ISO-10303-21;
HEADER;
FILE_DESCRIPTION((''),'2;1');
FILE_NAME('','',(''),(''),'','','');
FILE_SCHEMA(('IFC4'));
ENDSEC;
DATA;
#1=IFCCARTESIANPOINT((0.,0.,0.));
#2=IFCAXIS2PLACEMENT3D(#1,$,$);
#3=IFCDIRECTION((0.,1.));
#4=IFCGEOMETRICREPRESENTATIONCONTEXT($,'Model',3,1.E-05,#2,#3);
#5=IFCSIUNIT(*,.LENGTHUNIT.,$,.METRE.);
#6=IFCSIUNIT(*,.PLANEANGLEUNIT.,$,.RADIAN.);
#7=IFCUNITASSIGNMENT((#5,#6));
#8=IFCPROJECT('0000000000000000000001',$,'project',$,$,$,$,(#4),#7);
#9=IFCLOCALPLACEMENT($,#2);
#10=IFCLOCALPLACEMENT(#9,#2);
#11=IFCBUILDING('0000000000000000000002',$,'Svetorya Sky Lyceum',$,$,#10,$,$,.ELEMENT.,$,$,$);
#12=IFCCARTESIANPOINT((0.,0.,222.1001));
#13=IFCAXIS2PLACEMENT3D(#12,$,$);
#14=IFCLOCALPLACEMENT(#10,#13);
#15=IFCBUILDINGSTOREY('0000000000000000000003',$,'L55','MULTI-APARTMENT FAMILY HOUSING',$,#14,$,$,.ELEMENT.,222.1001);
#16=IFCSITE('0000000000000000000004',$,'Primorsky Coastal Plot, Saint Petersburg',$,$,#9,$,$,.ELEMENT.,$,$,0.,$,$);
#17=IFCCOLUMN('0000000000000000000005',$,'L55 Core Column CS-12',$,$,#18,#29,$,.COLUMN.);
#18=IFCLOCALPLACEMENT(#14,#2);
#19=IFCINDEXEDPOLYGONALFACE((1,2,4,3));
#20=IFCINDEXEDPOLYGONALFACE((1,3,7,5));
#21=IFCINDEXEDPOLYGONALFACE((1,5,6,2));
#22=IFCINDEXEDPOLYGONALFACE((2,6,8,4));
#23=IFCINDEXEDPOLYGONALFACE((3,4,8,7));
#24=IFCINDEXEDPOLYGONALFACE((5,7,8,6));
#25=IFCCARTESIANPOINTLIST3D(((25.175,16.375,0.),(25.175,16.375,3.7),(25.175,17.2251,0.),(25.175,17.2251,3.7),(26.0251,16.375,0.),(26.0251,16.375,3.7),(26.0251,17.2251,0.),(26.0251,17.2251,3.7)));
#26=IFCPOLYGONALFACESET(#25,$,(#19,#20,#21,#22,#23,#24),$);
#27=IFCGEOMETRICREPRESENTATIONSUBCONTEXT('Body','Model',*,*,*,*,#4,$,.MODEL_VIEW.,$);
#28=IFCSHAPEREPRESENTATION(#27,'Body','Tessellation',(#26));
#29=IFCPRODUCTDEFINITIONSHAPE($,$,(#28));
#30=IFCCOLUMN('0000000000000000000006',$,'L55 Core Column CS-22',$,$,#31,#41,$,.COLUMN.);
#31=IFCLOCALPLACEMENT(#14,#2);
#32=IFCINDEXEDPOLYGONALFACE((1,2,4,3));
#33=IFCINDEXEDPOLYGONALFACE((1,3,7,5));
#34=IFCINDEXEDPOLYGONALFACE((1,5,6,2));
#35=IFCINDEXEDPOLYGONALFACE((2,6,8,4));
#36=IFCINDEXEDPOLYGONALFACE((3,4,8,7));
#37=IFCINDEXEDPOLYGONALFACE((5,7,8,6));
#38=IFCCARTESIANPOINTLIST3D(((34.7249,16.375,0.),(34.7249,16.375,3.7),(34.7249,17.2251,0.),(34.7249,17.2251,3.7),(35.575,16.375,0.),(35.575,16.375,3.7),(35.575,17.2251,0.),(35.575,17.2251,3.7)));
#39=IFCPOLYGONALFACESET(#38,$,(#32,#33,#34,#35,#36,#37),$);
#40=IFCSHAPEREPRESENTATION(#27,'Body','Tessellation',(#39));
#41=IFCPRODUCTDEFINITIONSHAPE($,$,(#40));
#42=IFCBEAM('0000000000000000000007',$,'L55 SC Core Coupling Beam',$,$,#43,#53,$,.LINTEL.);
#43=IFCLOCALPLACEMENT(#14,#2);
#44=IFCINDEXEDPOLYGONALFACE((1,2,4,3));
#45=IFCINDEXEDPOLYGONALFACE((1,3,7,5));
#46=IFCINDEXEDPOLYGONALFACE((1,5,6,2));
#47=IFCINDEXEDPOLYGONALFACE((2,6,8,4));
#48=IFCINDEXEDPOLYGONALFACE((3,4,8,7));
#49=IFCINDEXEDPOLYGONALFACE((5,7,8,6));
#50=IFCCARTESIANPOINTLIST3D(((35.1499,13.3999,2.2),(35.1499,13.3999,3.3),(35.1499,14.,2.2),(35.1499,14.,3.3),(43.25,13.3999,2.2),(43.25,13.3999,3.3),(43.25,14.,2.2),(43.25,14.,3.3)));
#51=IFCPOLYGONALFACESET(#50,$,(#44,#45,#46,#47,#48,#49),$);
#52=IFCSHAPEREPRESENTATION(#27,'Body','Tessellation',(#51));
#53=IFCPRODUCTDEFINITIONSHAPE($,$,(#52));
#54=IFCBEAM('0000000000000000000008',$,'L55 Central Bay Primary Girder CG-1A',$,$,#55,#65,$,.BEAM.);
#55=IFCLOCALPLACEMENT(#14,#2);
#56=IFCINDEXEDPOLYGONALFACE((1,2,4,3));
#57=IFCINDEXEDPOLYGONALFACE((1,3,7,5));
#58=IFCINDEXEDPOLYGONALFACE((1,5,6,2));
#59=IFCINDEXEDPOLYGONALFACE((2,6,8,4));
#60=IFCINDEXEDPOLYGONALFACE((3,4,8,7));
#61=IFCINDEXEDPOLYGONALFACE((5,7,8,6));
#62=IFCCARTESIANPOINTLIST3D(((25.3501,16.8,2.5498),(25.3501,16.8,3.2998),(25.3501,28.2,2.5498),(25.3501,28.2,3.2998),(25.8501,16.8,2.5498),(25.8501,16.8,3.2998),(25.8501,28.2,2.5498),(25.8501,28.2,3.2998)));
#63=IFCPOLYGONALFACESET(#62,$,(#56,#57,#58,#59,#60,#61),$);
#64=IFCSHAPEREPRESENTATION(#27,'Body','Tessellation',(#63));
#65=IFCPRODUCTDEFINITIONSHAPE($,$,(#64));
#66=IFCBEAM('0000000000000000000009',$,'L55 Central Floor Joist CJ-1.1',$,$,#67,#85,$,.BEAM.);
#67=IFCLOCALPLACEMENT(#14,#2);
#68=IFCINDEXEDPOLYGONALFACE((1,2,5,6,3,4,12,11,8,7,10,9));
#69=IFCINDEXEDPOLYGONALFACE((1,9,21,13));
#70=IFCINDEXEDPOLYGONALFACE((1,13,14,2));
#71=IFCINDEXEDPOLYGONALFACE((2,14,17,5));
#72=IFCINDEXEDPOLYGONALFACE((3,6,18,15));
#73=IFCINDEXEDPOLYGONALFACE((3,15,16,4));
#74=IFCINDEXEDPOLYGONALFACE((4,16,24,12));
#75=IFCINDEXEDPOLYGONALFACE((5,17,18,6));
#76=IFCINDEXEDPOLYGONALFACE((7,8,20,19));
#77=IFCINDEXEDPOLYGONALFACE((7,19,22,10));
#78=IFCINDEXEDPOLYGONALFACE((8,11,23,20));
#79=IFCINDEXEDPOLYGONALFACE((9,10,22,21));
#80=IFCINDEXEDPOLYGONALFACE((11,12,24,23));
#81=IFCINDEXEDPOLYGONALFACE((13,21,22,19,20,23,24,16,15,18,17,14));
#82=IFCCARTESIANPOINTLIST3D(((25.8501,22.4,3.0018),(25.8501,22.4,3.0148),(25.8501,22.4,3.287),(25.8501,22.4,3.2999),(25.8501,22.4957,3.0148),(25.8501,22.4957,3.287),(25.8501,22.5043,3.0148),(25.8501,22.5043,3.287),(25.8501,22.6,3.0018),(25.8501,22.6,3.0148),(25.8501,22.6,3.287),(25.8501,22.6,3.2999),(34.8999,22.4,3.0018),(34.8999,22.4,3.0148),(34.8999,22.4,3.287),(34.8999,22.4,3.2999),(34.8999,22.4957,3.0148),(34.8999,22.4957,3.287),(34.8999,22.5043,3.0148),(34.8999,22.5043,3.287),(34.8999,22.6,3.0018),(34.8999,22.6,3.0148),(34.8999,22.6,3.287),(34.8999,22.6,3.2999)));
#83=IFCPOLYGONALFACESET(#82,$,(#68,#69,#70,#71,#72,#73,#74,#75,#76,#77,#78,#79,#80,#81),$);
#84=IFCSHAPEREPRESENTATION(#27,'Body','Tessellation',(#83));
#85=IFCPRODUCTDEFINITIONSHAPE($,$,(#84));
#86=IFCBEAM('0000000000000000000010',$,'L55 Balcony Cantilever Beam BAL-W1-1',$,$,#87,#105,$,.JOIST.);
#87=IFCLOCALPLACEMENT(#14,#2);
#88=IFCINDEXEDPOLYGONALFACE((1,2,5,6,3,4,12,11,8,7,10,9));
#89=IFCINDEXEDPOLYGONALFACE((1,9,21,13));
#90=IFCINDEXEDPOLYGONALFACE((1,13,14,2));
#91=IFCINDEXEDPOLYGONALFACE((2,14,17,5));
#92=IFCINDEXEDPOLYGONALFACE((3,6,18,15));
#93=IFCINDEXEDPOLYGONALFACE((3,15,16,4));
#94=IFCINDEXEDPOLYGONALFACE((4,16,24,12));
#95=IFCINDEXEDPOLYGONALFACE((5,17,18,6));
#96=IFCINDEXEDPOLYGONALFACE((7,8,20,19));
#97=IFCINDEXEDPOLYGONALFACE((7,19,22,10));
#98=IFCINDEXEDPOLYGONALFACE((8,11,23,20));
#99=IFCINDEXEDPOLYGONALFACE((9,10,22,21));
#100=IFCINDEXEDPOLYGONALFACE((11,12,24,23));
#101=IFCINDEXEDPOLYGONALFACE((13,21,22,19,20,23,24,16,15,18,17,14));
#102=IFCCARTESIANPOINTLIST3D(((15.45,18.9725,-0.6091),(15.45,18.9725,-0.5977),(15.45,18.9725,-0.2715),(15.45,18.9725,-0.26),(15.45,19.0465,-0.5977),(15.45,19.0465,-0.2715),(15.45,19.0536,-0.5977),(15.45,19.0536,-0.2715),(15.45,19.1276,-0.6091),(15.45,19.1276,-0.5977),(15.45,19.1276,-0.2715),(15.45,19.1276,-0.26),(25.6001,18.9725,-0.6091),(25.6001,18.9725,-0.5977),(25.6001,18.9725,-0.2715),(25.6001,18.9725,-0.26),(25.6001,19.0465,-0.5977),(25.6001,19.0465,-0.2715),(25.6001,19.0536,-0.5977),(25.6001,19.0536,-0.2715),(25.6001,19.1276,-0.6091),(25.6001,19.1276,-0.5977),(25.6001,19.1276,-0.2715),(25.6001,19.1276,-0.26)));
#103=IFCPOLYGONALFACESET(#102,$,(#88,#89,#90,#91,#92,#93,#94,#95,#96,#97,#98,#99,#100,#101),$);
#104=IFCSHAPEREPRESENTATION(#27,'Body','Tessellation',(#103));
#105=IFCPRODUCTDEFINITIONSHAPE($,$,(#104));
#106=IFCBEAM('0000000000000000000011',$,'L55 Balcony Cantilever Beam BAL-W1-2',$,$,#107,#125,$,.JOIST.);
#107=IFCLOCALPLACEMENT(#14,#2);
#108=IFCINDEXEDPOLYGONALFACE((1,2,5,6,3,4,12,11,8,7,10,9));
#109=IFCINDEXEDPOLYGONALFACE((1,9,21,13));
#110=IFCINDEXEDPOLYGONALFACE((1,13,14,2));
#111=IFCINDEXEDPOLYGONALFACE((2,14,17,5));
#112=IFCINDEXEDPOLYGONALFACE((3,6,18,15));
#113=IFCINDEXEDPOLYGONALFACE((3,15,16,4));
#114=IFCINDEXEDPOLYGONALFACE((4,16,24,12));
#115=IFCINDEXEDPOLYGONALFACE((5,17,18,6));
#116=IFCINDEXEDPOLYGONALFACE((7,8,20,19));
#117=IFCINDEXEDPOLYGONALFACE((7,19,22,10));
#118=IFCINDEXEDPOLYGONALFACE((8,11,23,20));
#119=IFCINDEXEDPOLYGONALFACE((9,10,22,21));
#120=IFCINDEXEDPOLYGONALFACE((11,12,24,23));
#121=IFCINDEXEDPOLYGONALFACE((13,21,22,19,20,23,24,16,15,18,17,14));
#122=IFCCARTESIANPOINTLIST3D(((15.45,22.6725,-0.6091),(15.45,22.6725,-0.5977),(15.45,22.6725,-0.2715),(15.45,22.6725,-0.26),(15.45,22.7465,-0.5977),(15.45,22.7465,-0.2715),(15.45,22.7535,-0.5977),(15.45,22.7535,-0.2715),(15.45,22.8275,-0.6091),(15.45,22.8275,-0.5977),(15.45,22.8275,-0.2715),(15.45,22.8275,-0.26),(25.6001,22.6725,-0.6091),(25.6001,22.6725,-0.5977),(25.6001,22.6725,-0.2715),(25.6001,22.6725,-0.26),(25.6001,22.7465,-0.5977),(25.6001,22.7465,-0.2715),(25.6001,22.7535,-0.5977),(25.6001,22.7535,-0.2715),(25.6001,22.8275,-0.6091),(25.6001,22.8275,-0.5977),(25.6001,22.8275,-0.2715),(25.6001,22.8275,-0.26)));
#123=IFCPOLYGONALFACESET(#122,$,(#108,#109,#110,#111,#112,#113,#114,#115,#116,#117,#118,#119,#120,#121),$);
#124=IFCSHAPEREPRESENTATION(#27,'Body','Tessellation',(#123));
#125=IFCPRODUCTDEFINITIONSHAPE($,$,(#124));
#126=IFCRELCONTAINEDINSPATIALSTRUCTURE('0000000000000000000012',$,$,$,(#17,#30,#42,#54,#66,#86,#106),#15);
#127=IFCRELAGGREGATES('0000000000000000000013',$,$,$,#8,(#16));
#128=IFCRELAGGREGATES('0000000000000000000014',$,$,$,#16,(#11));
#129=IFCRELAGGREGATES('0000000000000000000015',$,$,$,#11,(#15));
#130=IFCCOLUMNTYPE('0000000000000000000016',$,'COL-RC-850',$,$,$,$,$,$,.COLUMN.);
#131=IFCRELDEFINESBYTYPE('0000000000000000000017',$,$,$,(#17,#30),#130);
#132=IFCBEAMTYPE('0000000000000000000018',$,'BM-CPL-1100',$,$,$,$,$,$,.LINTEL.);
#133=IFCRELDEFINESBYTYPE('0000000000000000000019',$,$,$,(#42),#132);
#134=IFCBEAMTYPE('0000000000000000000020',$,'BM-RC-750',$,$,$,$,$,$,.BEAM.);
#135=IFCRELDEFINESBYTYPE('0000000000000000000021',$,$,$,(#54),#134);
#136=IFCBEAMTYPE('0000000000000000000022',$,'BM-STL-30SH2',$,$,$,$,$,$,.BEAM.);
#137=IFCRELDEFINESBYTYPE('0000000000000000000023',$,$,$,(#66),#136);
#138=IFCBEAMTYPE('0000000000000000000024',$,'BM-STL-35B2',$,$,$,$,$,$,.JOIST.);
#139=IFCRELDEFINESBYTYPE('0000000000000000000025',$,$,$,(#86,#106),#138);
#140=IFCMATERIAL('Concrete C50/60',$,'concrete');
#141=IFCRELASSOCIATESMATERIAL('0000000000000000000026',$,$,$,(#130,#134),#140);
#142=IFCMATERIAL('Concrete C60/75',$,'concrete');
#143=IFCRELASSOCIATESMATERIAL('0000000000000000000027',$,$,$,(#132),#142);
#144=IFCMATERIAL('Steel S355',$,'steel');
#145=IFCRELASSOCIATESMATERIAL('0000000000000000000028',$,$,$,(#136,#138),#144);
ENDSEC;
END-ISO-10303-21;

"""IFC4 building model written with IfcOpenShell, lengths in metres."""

from ifc_helpers import new_model, si_unit, direction, frame, origin, origin_2d, place, context, subcontext, project, spatial, rectangle, i_section, extrude, material, material_profile, profile_set, type_object, element, save


model = new_model("IFC4")

# Units and contexts
model_context = context("Model", 3, precision=1e-05, world=origin(), true_north=direction((0.0, 1.0)))
body_context = subcontext(model_context, "Body", "Model", "MODEL_VIEW")
ifc_project = project(units=[si_unit("LENGTHUNIT", "METRE"), si_unit("PLANEANGLEUNIT", "RADIAN")], contexts=[model_context])

# Site, building, storey
site_placement = place(None, origin())
site = spatial("IfcSite", under=ifc_project, at=site_placement, Name="Primorsky Coastal Plot, Saint Petersburg", CompositionType="ELEMENT", RefElevation=0.0)
building_placement = place(site_placement, origin())
building = spatial("IfcBuilding", under=site, at=building_placement, Name="Svetorya Sky Lyceum", CompositionType="ELEMENT")
storey_placement = place(building_placement, frame((0.0, 0.0, 222.1001)))
storey = spatial("IfcBuildingStorey", under=building, at=storey_placement, Name="L55", Description="MULTI-APARTMENT FAMILY HOUSING", CompositionType="ELEMENT", Elevation=222.1001)

# Columns
ifc_material_1 = material(Name="Concrete C50/60", Category="concrete")
ifc_material_profile_1 = material_profile(ifc_material_1, rectangle(XDim=0.8501, YDim=0.8501, at=origin_2d()), Name="RC COL 850x850")
ifc_profile_set_1 = profile_set([ifc_material_profile_1], Name="Concrete C50/60")
column_type = type_object("IfcColumnType", Name="COL-RC-850", PredefinedType="COLUMN", material=ifc_profile_set_1)
for number, where, z_axis, x_axis, name in (
    (1, (25.6001, 16.8, 0.0), (0.0, 0.0, 1.0), (1.0, 0.0, 0.0), "L55 Core Column CS-12"),
    (2, (35.1499, 16.8, 0.0), (0.0, 0.0, 1.0), (1.0, 0.0, 0.0), "L55 Core Column CS-22"),
):
    element("IfcColumn", number, at=place(storey_placement, frame(where, z_axis=z_axis, x_axis=x_axis)), inside=storey, type_object=column_type, Name=name, PredefinedType="COLUMN", context=body_context, shape_type="SweptSolid", body=[
        extrude(rectangle(XDim=0.8501, YDim=0.8501, at=origin_2d()), origin(), (0.0, 0.0, 1.0), 3.7),
    ])

# Beams
ifc_material_2 = material(Name="Concrete C60/75", Category="concrete")
ifc_material_profile_2 = material_profile(ifc_material_2, rectangle(XDim=0.6001, YDim=1.1001, at=origin_2d()), Name="RC COUPLING 600x1100")
ifc_profile_set_2 = profile_set([ifc_material_profile_2], Name="Concrete C60/75")
beam_type_1 = type_object("IfcBeamType", Name="BM-CPL-1100", PredefinedType="LINTEL", material=ifc_profile_set_2)
beam_1_placement = place(storey_placement, frame((35.1499, 13.7, 2.75), z_axis=(1.0, 0.0, 0.0), x_axis=(0.0, 1.0, 0.0)))
element("IfcBeam", 3, at=beam_1_placement, inside=storey, type_object=beam_type_1, Name="L55 SC Core Coupling Beam", PredefinedType="LINTEL", context=body_context, shape_type="SweptSolid", body=[
    extrude(rectangle(XDim=0.6001, YDim=1.1001, at=origin_2d()), origin(), (0.0, 0.0, 1.0), 8.1001),
])
ifc_material_profile_3 = material_profile(ifc_material_1, rectangle(XDim=0.5, YDim=0.75, at=origin_2d()), Name="RC BEAM 500x750")
ifc_profile_set_3 = profile_set([ifc_material_profile_3], Name="Concrete C50/60")
beam_type_2 = type_object("IfcBeamType", Name="BM-RC-750", PredefinedType="BEAM", material=ifc_profile_set_3)
beam_2_placement = place(storey_placement, frame((25.6001, 16.8, 2.9248), z_axis=(0.0, 1.0, 0.0), x_axis=(-1.0, 0.0, 0.0)))
element("IfcBeam", 4, at=beam_2_placement, inside=storey, type_object=beam_type_2, Name="L55 Central Bay Primary Girder CG-1A", PredefinedType="BEAM", context=body_context, shape_type="SweptSolid", body=[
    extrude(rectangle(XDim=0.5, YDim=0.75, at=origin_2d()), origin(), (0.0, 0.0, 1.0), 11.3999),
])
ifc_material_3 = material(Name="Steel S355", Category="steel")
ifc_material_profile_4 = material_profile(ifc_material_3, i_section(OverallWidth=0.2, OverallDepth=0.2981, WebThickness=0.0085, FlangeThickness=0.0129, at=origin_2d()), Name="GOST 30Sh2")
ifc_profile_set_4 = profile_set([ifc_material_profile_4], Name="Steel S355")
beam_type_3 = type_object("IfcBeamType", Name="BM-STL-30SH2", PredefinedType="BEAM", material=ifc_profile_set_4)
beam_3_placement = place(storey_placement, frame((25.8501, 22.5, 3.1509), z_axis=(1.0, 0.0, 0.0), x_axis=(0.0, 1.0, 0.0)))
element("IfcBeam", 5, at=beam_3_placement, inside=storey, type_object=beam_type_3, Name="L55 Central Floor Joist CJ-1.1", PredefinedType="BEAM", context=body_context, shape_type="SweptSolid", body=[
    extrude(i_section(OverallWidth=0.2, OverallDepth=0.2981, WebThickness=0.0085, FlangeThickness=0.0129, at=origin_2d()), origin(), (0.0, 0.0, 1.0), 9.0498),
])
ifc_material_profile_5 = material_profile(ifc_material_3, i_section(OverallWidth=0.155, OverallDepth=0.3491, WebThickness=0.0071, FlangeThickness=0.0115, at=origin_2d()), Name="GOST 35B2")
ifc_profile_set_5 = profile_set([ifc_material_profile_5], Name="Steel S355")
beam_type_4 = type_object("IfcBeamType", Name="BM-STL-35B2", PredefinedType="JOIST", material=ifc_profile_set_5)
for number, where, z_axis, x_axis, name in (
    (6, (25.6001, 19.05, -0.4346), (-1.0, 0.0, 0.0), (0.0, -1.0, 0.0), "L55 Balcony Cantilever Beam BAL-W1-1"),
    (7, (25.6001, 22.75, -0.4346), (-1.0, 0.0, 0.0), (0.0, -1.0, 0.0), "L55 Balcony Cantilever Beam BAL-W1-2"),
):
    element("IfcBeam", number, at=place(storey_placement, frame(where, z_axis=z_axis, x_axis=x_axis)), inside=storey, type_object=beam_type_4, Name=name, PredefinedType="JOIST", context=body_context, shape_type="SweptSolid", body=[
        extrude(i_section(OverallWidth=0.155, OverallDepth=0.3491, WebThickness=0.0071, FlangeThickness=0.0115, at=origin_2d()), origin(), (0.0, 0.0, 1.0), 10.1501),
    ])

save(model, "model.ifc")
